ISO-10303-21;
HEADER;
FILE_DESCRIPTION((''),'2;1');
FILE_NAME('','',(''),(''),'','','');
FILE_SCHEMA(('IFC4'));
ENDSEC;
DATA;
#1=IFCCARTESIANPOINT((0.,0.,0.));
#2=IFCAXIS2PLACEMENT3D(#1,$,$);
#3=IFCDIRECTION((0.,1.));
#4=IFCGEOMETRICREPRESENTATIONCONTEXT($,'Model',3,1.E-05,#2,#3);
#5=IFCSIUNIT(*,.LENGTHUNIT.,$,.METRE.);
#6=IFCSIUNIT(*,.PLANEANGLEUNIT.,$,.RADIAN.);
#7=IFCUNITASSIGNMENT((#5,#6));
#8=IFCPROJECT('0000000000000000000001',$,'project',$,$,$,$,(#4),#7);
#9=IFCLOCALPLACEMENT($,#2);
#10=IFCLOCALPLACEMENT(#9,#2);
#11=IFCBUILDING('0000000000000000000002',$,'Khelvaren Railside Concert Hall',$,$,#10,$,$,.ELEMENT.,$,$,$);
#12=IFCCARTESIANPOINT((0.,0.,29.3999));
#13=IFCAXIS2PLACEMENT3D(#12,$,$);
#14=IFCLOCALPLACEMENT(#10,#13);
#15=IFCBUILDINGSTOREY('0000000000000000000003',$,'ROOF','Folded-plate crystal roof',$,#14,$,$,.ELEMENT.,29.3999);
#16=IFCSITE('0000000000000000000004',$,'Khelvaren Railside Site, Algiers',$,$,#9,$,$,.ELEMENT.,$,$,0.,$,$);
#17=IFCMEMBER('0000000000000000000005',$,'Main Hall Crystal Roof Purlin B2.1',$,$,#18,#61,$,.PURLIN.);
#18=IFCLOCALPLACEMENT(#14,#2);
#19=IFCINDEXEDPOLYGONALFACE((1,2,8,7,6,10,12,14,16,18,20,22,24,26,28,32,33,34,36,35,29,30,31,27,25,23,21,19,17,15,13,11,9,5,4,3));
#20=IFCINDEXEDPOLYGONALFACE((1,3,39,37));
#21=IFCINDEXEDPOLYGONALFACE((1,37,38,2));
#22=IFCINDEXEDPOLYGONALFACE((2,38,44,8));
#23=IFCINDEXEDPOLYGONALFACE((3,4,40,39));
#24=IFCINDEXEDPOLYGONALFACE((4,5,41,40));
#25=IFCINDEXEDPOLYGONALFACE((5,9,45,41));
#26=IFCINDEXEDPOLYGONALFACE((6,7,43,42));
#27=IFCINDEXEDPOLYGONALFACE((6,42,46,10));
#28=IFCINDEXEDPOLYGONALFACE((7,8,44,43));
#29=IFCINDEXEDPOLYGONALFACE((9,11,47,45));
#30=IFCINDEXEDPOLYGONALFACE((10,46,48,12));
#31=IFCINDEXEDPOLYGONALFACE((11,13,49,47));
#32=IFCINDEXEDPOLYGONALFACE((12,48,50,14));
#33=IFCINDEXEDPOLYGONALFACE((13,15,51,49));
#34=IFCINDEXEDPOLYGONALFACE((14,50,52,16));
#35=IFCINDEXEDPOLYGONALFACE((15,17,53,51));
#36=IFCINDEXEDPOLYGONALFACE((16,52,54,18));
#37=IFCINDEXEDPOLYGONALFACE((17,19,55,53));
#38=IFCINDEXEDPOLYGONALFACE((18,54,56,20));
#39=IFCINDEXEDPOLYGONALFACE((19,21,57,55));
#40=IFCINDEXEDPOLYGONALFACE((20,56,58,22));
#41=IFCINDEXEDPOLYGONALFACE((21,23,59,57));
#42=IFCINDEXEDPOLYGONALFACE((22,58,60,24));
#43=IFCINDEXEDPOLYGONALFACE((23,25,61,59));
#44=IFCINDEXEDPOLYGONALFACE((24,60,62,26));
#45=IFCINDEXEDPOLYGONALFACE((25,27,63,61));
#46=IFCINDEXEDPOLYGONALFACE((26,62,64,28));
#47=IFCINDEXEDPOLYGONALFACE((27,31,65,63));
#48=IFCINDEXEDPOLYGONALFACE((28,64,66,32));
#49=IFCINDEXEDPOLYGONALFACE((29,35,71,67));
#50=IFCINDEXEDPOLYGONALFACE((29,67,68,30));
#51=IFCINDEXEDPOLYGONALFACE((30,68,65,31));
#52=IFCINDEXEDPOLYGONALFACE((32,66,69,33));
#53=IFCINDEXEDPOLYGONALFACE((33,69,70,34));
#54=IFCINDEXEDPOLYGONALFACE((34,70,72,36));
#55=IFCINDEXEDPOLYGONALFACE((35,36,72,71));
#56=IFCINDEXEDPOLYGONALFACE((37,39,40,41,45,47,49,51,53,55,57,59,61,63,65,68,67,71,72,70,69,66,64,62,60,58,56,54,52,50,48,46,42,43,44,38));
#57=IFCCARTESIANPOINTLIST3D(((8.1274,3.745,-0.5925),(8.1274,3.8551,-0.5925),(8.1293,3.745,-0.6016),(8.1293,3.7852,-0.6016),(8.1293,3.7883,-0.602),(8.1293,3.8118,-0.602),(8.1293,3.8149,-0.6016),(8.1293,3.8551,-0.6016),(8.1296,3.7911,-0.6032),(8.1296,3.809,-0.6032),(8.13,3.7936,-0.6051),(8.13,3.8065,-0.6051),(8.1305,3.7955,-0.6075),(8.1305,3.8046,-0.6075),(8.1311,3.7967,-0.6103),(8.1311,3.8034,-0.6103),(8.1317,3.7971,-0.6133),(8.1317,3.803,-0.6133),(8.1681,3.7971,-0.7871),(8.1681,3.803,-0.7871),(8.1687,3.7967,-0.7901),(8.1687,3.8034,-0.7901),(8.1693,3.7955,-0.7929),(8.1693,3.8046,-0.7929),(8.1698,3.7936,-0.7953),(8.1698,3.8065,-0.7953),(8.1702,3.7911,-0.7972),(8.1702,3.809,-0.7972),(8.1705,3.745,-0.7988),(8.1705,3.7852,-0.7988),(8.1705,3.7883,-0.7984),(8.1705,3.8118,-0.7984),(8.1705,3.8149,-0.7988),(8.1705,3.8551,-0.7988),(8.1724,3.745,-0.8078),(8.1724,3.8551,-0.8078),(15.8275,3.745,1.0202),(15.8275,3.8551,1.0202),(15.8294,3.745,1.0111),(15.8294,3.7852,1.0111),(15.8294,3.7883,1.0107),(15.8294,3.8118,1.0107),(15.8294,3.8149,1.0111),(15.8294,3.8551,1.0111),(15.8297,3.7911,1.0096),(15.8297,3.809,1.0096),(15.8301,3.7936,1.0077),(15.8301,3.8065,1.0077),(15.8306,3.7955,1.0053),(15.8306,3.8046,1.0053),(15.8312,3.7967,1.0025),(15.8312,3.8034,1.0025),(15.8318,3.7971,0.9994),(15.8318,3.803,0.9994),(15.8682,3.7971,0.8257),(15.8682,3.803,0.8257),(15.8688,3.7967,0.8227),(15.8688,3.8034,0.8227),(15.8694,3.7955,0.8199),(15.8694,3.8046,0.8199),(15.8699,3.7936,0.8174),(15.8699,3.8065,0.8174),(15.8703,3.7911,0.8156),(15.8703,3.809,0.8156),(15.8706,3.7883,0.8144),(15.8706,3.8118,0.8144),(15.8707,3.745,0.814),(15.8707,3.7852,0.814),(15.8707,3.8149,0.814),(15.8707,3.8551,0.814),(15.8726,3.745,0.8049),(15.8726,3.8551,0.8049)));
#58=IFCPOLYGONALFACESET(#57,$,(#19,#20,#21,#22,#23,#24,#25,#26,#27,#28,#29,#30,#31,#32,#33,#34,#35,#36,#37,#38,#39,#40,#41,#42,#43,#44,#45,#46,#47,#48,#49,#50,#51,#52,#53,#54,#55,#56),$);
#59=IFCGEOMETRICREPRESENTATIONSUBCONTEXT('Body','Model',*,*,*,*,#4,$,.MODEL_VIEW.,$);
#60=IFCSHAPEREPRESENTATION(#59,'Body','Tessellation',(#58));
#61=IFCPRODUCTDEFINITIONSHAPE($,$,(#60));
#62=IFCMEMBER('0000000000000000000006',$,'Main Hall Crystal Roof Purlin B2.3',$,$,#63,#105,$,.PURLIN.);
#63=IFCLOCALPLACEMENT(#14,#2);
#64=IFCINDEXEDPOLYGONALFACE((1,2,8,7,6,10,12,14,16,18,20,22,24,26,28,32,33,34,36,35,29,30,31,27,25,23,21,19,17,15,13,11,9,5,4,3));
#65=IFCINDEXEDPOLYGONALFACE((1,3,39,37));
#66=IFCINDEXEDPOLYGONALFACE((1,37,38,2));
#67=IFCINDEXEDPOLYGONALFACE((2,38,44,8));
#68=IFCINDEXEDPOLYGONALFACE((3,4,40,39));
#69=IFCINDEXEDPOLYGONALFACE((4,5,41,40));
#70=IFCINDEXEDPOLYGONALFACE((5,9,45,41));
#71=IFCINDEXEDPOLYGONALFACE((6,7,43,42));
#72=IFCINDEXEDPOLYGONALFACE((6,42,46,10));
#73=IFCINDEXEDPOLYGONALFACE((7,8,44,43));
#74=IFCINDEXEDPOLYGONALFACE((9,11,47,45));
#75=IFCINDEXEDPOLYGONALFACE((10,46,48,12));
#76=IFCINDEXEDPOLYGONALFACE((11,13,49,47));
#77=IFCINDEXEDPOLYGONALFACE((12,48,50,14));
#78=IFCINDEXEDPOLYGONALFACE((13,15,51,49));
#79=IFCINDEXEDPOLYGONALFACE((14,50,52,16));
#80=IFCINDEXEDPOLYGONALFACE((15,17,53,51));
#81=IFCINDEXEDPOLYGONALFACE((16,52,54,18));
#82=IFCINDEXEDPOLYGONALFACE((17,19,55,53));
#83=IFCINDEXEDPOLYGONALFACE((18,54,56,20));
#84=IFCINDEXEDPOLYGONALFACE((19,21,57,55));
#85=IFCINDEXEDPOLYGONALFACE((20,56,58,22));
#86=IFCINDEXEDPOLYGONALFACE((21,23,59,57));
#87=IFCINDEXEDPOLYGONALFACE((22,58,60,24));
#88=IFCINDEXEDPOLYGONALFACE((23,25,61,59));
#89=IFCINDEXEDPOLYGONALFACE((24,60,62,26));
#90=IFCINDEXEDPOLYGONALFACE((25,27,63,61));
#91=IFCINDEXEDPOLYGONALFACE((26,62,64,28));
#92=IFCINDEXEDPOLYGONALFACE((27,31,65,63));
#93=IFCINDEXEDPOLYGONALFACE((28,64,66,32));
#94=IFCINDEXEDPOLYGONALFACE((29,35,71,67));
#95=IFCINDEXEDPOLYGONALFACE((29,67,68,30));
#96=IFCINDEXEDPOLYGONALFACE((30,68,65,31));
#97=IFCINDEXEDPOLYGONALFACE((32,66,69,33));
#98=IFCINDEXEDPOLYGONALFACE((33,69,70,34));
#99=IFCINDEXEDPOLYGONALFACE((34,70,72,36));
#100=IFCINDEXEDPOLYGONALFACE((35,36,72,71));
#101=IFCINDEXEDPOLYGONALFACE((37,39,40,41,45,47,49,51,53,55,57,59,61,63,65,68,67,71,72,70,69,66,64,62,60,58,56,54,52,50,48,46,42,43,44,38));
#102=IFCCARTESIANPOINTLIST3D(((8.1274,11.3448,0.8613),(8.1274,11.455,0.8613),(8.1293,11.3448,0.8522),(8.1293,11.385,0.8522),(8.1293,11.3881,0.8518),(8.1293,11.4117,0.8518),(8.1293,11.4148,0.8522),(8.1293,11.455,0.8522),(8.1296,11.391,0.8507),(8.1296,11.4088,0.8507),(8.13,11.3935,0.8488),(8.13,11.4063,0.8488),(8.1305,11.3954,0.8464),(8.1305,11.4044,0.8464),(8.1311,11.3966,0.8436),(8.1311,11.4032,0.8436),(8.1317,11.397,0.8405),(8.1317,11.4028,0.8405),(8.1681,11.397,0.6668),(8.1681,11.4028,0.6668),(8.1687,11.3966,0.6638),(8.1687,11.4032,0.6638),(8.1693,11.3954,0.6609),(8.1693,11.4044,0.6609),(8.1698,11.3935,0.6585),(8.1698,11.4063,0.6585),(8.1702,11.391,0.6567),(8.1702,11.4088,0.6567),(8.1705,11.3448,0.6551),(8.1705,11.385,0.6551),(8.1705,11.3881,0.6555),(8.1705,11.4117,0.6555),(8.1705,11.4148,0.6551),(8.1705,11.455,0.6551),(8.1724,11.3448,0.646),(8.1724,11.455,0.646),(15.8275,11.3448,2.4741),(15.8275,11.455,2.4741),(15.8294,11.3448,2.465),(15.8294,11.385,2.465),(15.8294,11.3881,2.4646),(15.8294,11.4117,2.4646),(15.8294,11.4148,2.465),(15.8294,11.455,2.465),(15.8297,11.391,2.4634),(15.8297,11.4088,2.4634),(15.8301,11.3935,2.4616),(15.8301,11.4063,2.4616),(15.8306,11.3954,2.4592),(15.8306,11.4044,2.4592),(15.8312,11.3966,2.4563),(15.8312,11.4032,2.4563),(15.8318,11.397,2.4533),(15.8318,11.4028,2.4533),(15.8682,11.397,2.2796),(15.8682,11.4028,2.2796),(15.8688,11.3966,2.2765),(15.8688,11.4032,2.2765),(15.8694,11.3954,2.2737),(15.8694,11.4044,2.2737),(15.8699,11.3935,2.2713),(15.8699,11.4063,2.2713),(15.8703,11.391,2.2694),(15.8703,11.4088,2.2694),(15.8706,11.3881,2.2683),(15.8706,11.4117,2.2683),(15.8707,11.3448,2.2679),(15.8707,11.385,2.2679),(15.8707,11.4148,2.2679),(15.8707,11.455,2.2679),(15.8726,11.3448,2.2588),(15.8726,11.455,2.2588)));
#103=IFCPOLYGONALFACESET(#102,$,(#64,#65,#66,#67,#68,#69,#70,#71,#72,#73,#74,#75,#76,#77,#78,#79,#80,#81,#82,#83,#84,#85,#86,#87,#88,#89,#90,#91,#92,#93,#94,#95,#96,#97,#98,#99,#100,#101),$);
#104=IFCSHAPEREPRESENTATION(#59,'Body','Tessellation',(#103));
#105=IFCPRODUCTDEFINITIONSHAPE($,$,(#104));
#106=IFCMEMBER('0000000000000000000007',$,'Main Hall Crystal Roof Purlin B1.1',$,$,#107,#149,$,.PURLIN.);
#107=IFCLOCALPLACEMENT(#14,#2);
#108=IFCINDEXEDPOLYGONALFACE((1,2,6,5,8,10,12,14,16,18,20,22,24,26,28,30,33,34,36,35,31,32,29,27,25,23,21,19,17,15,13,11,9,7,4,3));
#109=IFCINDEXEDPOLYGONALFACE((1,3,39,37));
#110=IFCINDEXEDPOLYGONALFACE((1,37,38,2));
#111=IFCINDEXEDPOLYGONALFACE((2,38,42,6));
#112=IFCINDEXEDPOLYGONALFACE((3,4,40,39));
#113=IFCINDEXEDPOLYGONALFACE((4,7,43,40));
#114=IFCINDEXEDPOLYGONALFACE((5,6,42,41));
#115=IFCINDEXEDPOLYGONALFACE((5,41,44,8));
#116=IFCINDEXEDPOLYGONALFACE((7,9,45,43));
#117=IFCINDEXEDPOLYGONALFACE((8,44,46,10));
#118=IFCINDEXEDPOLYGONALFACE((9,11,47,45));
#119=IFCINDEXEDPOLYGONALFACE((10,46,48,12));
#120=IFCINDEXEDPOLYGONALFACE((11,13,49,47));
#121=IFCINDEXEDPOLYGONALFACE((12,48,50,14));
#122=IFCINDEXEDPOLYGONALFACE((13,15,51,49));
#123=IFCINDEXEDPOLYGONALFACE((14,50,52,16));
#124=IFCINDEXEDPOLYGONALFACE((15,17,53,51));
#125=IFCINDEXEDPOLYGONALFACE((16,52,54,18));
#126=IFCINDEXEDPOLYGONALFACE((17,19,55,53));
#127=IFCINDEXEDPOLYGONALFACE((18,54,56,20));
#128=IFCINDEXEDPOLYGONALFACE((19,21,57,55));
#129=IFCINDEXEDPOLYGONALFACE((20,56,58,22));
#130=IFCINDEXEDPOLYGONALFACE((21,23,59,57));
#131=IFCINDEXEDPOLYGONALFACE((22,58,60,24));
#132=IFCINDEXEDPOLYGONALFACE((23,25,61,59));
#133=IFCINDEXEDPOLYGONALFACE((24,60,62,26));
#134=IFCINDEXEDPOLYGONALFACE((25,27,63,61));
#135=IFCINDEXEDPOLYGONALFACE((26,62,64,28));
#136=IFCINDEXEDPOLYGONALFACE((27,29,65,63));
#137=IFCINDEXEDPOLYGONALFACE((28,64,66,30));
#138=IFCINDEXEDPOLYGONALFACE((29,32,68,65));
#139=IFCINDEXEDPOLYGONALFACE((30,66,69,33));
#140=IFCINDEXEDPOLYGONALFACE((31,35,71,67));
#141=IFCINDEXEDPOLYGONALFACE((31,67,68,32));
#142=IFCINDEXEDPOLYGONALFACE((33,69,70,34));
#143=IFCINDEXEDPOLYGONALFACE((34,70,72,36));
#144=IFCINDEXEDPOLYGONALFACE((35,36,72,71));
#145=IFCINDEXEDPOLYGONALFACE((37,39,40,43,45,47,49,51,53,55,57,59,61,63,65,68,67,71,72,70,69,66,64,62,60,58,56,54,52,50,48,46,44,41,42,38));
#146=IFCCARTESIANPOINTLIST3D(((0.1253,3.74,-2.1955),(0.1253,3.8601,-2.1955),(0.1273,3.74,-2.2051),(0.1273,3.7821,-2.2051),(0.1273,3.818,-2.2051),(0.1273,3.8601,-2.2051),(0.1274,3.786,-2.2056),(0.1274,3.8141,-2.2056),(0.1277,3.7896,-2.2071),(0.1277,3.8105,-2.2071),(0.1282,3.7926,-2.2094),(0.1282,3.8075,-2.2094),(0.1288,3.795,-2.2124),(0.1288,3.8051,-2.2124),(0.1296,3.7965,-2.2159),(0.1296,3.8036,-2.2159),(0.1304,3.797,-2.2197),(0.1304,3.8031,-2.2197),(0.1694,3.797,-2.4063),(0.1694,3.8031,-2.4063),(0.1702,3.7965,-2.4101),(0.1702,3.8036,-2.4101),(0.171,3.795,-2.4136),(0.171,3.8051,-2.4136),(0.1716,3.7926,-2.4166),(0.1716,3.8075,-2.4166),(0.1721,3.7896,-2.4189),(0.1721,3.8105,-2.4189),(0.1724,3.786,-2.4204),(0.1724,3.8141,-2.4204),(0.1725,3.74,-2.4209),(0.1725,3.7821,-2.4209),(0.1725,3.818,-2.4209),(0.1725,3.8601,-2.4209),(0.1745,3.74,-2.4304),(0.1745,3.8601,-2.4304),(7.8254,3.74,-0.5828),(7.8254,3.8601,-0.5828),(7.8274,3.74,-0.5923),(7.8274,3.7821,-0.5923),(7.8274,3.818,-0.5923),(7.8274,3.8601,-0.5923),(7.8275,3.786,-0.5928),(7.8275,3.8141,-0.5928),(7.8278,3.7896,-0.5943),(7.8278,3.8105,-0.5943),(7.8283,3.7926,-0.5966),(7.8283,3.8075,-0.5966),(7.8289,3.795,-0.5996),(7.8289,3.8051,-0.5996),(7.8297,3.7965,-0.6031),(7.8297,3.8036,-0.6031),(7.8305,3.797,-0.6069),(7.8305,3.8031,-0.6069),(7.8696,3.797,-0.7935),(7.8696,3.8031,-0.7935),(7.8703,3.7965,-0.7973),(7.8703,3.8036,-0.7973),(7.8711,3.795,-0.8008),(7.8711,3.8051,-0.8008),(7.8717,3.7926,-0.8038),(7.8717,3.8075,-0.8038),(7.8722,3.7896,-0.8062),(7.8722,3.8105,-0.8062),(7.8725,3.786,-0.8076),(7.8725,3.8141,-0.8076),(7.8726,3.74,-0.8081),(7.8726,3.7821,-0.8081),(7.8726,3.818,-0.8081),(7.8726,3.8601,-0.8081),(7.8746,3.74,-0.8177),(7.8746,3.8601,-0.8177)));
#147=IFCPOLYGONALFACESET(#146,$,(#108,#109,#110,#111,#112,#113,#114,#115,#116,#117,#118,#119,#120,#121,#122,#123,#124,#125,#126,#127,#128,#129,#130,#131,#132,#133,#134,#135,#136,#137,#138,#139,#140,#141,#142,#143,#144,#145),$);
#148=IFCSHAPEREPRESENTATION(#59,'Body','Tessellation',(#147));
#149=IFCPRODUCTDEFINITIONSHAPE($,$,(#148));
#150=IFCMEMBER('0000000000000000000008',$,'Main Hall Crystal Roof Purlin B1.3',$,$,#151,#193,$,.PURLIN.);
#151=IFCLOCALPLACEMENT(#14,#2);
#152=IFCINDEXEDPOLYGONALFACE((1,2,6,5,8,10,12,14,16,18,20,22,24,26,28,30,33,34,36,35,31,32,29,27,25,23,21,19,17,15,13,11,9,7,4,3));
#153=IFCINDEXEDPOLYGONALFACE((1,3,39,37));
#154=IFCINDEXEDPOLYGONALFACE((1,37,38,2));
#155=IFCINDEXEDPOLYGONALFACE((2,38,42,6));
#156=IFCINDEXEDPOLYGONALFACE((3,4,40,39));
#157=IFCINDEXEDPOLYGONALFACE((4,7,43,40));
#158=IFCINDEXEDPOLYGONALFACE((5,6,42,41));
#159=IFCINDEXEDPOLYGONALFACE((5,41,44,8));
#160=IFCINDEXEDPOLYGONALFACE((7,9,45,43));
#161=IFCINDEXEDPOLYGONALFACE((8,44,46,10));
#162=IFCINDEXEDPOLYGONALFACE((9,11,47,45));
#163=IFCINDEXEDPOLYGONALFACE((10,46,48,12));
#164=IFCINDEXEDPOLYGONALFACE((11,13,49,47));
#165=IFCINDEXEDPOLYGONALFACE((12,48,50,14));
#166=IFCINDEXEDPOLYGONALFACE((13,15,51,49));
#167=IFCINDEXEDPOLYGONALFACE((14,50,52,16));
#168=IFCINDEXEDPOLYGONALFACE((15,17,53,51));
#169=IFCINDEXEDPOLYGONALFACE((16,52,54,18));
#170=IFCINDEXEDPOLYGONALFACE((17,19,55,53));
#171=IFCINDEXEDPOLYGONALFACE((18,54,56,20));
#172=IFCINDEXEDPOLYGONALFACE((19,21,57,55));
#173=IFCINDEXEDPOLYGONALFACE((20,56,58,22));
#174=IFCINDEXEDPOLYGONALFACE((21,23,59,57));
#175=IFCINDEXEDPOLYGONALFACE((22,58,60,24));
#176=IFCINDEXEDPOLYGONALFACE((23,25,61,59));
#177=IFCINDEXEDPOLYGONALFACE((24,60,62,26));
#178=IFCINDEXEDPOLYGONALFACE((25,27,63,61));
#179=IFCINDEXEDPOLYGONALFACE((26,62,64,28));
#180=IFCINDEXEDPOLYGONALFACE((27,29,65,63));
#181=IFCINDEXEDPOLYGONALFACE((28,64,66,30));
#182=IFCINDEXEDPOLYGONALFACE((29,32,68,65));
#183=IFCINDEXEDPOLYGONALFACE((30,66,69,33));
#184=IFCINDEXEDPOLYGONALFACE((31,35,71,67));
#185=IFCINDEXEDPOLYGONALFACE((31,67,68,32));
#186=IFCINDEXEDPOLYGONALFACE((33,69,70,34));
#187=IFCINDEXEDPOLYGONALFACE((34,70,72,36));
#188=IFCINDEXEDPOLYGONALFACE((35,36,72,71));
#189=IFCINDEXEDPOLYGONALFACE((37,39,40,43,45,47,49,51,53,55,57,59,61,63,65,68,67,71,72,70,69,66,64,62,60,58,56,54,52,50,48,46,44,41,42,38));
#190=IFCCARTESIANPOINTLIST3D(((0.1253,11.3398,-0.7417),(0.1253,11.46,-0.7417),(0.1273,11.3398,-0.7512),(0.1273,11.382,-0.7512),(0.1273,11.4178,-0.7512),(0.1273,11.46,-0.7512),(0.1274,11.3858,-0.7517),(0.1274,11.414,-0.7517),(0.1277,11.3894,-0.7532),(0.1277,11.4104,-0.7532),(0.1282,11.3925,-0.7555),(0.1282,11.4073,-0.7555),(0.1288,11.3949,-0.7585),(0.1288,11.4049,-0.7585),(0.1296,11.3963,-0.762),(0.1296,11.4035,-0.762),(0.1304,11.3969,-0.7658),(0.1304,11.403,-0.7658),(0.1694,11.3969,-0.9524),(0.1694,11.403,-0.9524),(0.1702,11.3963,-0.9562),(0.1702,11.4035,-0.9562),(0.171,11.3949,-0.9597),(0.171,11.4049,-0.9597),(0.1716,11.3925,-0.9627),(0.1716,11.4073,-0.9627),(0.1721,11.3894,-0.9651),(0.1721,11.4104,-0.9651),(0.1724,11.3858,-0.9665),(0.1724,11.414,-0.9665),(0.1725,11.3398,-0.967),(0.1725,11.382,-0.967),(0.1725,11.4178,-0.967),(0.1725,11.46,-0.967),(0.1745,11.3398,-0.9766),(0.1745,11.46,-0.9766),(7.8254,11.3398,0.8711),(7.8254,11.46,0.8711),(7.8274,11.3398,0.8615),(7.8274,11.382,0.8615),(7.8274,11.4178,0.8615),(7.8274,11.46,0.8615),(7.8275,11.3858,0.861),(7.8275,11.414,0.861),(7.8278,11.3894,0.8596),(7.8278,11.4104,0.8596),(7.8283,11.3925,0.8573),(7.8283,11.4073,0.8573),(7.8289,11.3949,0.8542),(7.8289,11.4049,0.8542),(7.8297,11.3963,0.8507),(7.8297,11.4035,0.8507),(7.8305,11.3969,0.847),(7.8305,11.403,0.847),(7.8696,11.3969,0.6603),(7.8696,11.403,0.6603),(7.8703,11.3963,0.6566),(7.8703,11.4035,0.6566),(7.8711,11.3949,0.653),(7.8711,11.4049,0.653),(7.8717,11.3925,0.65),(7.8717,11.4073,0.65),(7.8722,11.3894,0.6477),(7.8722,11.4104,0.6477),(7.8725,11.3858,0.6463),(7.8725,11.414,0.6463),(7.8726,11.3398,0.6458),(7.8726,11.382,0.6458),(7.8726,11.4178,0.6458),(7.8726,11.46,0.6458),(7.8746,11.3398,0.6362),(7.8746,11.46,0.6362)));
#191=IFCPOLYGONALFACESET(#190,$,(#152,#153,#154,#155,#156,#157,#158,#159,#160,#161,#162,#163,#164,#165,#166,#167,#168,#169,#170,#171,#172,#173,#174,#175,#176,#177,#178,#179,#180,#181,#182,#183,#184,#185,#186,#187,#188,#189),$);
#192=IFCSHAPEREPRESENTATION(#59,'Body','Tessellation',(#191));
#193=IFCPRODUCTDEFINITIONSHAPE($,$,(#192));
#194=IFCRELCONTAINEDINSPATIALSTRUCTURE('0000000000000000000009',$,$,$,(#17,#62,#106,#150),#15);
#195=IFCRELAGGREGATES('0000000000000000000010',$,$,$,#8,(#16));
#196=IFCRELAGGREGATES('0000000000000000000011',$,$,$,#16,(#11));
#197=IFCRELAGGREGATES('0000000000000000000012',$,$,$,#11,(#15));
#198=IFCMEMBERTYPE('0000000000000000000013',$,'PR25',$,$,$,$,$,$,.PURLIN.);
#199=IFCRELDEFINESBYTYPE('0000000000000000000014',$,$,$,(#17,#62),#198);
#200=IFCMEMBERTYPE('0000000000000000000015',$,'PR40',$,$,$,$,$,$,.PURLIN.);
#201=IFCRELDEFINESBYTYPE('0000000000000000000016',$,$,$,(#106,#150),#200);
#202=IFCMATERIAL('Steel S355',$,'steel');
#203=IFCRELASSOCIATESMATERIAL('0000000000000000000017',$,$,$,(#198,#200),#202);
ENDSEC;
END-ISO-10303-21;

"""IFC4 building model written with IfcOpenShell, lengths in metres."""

from ifc_helpers import new_model, si_unit, direction, frame, origin, origin_2d, place, context, subcontext, project, spatial, i_section, extrude, material, material_profile, profile_set, type_object, element, save


model = new_model("IFC4")

# Units and contexts
model_context = context("Model", 3, precision=1e-05, world=origin(), true_north=direction((0.0, 1.0)))
body_context = subcontext(model_context, "Body", "Model", "MODEL_VIEW")
ifc_project = project(units=[si_unit("LENGTHUNIT", "METRE"), si_unit("PLANEANGLEUNIT", "RADIAN")], contexts=[model_context])

# Site, building, storey
site_placement = place(None, origin())
site = spatial("IfcSite", under=ifc_project, at=site_placement, Name="Khelvaren Railside Site, Algiers", CompositionType="ELEMENT", RefElevation=0.0)
building_placement = place(site_placement, origin())
building = spatial("IfcBuilding", under=site, at=building_placement, Name="Khelvaren Railside Concert Hall", CompositionType="ELEMENT")
storey_placement = place(building_placement, frame((0.0, 0.0, 29.3999)))
storey = spatial("IfcBuildingStorey", under=building, at=storey_placement, Name="ROOF", Description="Folded-plate crystal roof", CompositionType="ELEMENT", Elevation=29.3999)

# Shared definitions
ifc_material_1 = material(Name="Steel S355", Category="steel")

# Members
ifc_material_profile_1 = material_profile(ifc_material_1, i_section(OverallWidth=0.1101, OverallDepth=0.22, WebThickness=0.0059, FlangeThickness=0.0093, FilletRadius=0.012, at=origin_2d()), Name="IPE 220")
ifc_profile_set_1 = profile_set([ifc_material_profile_1], Name="Steel S355")
member_type_1 = type_object("IfcMemberType", Name="PR25", PredefinedType="PURLIN", material=ifc_profile_set_1)
for number, where, z_axis, x_axis, name in (
    (1, (8.1499, 3.8, -0.7002), (0.978762, 0.0, 0.205), (0.0, 1.0, 0.0), "Main Hall Crystal Roof Purlin B2.1"),
    (2, (8.1499, 11.3999, 0.7537), (0.978762, 0.0, 0.205), (0.0, 1.0, 0.0), "Main Hall Crystal Roof Purlin B2.3"),
):
    element("IfcMember", number, at=place(storey_placement, frame(where, z_axis=z_axis, x_axis=x_axis)), inside=storey, type_object=member_type_1, Name=name, PredefinedType="PURLIN", context=body_context, shape_type="SweptSolid", body=[
        extrude(i_section(OverallWidth=0.1101, OverallDepth=0.22, WebThickness=0.0059, FlangeThickness=0.0093, FilletRadius=0.012, at=origin_2d()), origin(), (0.0, 0.0, 1.0), 7.8672),
    ])
ifc_material_profile_2 = material_profile(ifc_material_1, i_section(OverallWidth=0.1201, OverallDepth=0.24, WebThickness=0.0061, FlangeThickness=0.0098, FilletRadius=0.0149, at=origin_2d()), Name="IPE 240")
ifc_profile_set_2 = profile_set([ifc_material_profile_2], Name="Steel S355")
member_type_2 = type_object("IfcMemberType", Name="PR40", PredefinedType="PURLIN", material=ifc_profile_set_2)
for number, where, z_axis, x_axis, name in (
    (3, (0.1499, 3.8, -2.313), (0.978762, 0.0, 0.205), (0.0, 1.0, 0.0), "Main Hall Crystal Roof Purlin B1.1"),
    (4, (0.1499, 11.3999, -0.8591), (0.978762, 0.0, 0.205), (0.0, 1.0, 0.0), "Main Hall Crystal Roof Purlin B1.3"),
):
    element("IfcMember", number, at=place(storey_placement, frame(where, z_axis=z_axis, x_axis=x_axis)), inside=storey, type_object=member_type_2, Name=name, PredefinedType="PURLIN", context=body_context, shape_type="SweptSolid", body=[
        extrude(i_section(OverallWidth=0.1201, OverallDepth=0.24, WebThickness=0.0061, FlangeThickness=0.0098, FilletRadius=0.0149, at=origin_2d()), origin(), (0.0, 0.0, 1.0), 7.8672),
    ])

save(model, "model.ifc")
